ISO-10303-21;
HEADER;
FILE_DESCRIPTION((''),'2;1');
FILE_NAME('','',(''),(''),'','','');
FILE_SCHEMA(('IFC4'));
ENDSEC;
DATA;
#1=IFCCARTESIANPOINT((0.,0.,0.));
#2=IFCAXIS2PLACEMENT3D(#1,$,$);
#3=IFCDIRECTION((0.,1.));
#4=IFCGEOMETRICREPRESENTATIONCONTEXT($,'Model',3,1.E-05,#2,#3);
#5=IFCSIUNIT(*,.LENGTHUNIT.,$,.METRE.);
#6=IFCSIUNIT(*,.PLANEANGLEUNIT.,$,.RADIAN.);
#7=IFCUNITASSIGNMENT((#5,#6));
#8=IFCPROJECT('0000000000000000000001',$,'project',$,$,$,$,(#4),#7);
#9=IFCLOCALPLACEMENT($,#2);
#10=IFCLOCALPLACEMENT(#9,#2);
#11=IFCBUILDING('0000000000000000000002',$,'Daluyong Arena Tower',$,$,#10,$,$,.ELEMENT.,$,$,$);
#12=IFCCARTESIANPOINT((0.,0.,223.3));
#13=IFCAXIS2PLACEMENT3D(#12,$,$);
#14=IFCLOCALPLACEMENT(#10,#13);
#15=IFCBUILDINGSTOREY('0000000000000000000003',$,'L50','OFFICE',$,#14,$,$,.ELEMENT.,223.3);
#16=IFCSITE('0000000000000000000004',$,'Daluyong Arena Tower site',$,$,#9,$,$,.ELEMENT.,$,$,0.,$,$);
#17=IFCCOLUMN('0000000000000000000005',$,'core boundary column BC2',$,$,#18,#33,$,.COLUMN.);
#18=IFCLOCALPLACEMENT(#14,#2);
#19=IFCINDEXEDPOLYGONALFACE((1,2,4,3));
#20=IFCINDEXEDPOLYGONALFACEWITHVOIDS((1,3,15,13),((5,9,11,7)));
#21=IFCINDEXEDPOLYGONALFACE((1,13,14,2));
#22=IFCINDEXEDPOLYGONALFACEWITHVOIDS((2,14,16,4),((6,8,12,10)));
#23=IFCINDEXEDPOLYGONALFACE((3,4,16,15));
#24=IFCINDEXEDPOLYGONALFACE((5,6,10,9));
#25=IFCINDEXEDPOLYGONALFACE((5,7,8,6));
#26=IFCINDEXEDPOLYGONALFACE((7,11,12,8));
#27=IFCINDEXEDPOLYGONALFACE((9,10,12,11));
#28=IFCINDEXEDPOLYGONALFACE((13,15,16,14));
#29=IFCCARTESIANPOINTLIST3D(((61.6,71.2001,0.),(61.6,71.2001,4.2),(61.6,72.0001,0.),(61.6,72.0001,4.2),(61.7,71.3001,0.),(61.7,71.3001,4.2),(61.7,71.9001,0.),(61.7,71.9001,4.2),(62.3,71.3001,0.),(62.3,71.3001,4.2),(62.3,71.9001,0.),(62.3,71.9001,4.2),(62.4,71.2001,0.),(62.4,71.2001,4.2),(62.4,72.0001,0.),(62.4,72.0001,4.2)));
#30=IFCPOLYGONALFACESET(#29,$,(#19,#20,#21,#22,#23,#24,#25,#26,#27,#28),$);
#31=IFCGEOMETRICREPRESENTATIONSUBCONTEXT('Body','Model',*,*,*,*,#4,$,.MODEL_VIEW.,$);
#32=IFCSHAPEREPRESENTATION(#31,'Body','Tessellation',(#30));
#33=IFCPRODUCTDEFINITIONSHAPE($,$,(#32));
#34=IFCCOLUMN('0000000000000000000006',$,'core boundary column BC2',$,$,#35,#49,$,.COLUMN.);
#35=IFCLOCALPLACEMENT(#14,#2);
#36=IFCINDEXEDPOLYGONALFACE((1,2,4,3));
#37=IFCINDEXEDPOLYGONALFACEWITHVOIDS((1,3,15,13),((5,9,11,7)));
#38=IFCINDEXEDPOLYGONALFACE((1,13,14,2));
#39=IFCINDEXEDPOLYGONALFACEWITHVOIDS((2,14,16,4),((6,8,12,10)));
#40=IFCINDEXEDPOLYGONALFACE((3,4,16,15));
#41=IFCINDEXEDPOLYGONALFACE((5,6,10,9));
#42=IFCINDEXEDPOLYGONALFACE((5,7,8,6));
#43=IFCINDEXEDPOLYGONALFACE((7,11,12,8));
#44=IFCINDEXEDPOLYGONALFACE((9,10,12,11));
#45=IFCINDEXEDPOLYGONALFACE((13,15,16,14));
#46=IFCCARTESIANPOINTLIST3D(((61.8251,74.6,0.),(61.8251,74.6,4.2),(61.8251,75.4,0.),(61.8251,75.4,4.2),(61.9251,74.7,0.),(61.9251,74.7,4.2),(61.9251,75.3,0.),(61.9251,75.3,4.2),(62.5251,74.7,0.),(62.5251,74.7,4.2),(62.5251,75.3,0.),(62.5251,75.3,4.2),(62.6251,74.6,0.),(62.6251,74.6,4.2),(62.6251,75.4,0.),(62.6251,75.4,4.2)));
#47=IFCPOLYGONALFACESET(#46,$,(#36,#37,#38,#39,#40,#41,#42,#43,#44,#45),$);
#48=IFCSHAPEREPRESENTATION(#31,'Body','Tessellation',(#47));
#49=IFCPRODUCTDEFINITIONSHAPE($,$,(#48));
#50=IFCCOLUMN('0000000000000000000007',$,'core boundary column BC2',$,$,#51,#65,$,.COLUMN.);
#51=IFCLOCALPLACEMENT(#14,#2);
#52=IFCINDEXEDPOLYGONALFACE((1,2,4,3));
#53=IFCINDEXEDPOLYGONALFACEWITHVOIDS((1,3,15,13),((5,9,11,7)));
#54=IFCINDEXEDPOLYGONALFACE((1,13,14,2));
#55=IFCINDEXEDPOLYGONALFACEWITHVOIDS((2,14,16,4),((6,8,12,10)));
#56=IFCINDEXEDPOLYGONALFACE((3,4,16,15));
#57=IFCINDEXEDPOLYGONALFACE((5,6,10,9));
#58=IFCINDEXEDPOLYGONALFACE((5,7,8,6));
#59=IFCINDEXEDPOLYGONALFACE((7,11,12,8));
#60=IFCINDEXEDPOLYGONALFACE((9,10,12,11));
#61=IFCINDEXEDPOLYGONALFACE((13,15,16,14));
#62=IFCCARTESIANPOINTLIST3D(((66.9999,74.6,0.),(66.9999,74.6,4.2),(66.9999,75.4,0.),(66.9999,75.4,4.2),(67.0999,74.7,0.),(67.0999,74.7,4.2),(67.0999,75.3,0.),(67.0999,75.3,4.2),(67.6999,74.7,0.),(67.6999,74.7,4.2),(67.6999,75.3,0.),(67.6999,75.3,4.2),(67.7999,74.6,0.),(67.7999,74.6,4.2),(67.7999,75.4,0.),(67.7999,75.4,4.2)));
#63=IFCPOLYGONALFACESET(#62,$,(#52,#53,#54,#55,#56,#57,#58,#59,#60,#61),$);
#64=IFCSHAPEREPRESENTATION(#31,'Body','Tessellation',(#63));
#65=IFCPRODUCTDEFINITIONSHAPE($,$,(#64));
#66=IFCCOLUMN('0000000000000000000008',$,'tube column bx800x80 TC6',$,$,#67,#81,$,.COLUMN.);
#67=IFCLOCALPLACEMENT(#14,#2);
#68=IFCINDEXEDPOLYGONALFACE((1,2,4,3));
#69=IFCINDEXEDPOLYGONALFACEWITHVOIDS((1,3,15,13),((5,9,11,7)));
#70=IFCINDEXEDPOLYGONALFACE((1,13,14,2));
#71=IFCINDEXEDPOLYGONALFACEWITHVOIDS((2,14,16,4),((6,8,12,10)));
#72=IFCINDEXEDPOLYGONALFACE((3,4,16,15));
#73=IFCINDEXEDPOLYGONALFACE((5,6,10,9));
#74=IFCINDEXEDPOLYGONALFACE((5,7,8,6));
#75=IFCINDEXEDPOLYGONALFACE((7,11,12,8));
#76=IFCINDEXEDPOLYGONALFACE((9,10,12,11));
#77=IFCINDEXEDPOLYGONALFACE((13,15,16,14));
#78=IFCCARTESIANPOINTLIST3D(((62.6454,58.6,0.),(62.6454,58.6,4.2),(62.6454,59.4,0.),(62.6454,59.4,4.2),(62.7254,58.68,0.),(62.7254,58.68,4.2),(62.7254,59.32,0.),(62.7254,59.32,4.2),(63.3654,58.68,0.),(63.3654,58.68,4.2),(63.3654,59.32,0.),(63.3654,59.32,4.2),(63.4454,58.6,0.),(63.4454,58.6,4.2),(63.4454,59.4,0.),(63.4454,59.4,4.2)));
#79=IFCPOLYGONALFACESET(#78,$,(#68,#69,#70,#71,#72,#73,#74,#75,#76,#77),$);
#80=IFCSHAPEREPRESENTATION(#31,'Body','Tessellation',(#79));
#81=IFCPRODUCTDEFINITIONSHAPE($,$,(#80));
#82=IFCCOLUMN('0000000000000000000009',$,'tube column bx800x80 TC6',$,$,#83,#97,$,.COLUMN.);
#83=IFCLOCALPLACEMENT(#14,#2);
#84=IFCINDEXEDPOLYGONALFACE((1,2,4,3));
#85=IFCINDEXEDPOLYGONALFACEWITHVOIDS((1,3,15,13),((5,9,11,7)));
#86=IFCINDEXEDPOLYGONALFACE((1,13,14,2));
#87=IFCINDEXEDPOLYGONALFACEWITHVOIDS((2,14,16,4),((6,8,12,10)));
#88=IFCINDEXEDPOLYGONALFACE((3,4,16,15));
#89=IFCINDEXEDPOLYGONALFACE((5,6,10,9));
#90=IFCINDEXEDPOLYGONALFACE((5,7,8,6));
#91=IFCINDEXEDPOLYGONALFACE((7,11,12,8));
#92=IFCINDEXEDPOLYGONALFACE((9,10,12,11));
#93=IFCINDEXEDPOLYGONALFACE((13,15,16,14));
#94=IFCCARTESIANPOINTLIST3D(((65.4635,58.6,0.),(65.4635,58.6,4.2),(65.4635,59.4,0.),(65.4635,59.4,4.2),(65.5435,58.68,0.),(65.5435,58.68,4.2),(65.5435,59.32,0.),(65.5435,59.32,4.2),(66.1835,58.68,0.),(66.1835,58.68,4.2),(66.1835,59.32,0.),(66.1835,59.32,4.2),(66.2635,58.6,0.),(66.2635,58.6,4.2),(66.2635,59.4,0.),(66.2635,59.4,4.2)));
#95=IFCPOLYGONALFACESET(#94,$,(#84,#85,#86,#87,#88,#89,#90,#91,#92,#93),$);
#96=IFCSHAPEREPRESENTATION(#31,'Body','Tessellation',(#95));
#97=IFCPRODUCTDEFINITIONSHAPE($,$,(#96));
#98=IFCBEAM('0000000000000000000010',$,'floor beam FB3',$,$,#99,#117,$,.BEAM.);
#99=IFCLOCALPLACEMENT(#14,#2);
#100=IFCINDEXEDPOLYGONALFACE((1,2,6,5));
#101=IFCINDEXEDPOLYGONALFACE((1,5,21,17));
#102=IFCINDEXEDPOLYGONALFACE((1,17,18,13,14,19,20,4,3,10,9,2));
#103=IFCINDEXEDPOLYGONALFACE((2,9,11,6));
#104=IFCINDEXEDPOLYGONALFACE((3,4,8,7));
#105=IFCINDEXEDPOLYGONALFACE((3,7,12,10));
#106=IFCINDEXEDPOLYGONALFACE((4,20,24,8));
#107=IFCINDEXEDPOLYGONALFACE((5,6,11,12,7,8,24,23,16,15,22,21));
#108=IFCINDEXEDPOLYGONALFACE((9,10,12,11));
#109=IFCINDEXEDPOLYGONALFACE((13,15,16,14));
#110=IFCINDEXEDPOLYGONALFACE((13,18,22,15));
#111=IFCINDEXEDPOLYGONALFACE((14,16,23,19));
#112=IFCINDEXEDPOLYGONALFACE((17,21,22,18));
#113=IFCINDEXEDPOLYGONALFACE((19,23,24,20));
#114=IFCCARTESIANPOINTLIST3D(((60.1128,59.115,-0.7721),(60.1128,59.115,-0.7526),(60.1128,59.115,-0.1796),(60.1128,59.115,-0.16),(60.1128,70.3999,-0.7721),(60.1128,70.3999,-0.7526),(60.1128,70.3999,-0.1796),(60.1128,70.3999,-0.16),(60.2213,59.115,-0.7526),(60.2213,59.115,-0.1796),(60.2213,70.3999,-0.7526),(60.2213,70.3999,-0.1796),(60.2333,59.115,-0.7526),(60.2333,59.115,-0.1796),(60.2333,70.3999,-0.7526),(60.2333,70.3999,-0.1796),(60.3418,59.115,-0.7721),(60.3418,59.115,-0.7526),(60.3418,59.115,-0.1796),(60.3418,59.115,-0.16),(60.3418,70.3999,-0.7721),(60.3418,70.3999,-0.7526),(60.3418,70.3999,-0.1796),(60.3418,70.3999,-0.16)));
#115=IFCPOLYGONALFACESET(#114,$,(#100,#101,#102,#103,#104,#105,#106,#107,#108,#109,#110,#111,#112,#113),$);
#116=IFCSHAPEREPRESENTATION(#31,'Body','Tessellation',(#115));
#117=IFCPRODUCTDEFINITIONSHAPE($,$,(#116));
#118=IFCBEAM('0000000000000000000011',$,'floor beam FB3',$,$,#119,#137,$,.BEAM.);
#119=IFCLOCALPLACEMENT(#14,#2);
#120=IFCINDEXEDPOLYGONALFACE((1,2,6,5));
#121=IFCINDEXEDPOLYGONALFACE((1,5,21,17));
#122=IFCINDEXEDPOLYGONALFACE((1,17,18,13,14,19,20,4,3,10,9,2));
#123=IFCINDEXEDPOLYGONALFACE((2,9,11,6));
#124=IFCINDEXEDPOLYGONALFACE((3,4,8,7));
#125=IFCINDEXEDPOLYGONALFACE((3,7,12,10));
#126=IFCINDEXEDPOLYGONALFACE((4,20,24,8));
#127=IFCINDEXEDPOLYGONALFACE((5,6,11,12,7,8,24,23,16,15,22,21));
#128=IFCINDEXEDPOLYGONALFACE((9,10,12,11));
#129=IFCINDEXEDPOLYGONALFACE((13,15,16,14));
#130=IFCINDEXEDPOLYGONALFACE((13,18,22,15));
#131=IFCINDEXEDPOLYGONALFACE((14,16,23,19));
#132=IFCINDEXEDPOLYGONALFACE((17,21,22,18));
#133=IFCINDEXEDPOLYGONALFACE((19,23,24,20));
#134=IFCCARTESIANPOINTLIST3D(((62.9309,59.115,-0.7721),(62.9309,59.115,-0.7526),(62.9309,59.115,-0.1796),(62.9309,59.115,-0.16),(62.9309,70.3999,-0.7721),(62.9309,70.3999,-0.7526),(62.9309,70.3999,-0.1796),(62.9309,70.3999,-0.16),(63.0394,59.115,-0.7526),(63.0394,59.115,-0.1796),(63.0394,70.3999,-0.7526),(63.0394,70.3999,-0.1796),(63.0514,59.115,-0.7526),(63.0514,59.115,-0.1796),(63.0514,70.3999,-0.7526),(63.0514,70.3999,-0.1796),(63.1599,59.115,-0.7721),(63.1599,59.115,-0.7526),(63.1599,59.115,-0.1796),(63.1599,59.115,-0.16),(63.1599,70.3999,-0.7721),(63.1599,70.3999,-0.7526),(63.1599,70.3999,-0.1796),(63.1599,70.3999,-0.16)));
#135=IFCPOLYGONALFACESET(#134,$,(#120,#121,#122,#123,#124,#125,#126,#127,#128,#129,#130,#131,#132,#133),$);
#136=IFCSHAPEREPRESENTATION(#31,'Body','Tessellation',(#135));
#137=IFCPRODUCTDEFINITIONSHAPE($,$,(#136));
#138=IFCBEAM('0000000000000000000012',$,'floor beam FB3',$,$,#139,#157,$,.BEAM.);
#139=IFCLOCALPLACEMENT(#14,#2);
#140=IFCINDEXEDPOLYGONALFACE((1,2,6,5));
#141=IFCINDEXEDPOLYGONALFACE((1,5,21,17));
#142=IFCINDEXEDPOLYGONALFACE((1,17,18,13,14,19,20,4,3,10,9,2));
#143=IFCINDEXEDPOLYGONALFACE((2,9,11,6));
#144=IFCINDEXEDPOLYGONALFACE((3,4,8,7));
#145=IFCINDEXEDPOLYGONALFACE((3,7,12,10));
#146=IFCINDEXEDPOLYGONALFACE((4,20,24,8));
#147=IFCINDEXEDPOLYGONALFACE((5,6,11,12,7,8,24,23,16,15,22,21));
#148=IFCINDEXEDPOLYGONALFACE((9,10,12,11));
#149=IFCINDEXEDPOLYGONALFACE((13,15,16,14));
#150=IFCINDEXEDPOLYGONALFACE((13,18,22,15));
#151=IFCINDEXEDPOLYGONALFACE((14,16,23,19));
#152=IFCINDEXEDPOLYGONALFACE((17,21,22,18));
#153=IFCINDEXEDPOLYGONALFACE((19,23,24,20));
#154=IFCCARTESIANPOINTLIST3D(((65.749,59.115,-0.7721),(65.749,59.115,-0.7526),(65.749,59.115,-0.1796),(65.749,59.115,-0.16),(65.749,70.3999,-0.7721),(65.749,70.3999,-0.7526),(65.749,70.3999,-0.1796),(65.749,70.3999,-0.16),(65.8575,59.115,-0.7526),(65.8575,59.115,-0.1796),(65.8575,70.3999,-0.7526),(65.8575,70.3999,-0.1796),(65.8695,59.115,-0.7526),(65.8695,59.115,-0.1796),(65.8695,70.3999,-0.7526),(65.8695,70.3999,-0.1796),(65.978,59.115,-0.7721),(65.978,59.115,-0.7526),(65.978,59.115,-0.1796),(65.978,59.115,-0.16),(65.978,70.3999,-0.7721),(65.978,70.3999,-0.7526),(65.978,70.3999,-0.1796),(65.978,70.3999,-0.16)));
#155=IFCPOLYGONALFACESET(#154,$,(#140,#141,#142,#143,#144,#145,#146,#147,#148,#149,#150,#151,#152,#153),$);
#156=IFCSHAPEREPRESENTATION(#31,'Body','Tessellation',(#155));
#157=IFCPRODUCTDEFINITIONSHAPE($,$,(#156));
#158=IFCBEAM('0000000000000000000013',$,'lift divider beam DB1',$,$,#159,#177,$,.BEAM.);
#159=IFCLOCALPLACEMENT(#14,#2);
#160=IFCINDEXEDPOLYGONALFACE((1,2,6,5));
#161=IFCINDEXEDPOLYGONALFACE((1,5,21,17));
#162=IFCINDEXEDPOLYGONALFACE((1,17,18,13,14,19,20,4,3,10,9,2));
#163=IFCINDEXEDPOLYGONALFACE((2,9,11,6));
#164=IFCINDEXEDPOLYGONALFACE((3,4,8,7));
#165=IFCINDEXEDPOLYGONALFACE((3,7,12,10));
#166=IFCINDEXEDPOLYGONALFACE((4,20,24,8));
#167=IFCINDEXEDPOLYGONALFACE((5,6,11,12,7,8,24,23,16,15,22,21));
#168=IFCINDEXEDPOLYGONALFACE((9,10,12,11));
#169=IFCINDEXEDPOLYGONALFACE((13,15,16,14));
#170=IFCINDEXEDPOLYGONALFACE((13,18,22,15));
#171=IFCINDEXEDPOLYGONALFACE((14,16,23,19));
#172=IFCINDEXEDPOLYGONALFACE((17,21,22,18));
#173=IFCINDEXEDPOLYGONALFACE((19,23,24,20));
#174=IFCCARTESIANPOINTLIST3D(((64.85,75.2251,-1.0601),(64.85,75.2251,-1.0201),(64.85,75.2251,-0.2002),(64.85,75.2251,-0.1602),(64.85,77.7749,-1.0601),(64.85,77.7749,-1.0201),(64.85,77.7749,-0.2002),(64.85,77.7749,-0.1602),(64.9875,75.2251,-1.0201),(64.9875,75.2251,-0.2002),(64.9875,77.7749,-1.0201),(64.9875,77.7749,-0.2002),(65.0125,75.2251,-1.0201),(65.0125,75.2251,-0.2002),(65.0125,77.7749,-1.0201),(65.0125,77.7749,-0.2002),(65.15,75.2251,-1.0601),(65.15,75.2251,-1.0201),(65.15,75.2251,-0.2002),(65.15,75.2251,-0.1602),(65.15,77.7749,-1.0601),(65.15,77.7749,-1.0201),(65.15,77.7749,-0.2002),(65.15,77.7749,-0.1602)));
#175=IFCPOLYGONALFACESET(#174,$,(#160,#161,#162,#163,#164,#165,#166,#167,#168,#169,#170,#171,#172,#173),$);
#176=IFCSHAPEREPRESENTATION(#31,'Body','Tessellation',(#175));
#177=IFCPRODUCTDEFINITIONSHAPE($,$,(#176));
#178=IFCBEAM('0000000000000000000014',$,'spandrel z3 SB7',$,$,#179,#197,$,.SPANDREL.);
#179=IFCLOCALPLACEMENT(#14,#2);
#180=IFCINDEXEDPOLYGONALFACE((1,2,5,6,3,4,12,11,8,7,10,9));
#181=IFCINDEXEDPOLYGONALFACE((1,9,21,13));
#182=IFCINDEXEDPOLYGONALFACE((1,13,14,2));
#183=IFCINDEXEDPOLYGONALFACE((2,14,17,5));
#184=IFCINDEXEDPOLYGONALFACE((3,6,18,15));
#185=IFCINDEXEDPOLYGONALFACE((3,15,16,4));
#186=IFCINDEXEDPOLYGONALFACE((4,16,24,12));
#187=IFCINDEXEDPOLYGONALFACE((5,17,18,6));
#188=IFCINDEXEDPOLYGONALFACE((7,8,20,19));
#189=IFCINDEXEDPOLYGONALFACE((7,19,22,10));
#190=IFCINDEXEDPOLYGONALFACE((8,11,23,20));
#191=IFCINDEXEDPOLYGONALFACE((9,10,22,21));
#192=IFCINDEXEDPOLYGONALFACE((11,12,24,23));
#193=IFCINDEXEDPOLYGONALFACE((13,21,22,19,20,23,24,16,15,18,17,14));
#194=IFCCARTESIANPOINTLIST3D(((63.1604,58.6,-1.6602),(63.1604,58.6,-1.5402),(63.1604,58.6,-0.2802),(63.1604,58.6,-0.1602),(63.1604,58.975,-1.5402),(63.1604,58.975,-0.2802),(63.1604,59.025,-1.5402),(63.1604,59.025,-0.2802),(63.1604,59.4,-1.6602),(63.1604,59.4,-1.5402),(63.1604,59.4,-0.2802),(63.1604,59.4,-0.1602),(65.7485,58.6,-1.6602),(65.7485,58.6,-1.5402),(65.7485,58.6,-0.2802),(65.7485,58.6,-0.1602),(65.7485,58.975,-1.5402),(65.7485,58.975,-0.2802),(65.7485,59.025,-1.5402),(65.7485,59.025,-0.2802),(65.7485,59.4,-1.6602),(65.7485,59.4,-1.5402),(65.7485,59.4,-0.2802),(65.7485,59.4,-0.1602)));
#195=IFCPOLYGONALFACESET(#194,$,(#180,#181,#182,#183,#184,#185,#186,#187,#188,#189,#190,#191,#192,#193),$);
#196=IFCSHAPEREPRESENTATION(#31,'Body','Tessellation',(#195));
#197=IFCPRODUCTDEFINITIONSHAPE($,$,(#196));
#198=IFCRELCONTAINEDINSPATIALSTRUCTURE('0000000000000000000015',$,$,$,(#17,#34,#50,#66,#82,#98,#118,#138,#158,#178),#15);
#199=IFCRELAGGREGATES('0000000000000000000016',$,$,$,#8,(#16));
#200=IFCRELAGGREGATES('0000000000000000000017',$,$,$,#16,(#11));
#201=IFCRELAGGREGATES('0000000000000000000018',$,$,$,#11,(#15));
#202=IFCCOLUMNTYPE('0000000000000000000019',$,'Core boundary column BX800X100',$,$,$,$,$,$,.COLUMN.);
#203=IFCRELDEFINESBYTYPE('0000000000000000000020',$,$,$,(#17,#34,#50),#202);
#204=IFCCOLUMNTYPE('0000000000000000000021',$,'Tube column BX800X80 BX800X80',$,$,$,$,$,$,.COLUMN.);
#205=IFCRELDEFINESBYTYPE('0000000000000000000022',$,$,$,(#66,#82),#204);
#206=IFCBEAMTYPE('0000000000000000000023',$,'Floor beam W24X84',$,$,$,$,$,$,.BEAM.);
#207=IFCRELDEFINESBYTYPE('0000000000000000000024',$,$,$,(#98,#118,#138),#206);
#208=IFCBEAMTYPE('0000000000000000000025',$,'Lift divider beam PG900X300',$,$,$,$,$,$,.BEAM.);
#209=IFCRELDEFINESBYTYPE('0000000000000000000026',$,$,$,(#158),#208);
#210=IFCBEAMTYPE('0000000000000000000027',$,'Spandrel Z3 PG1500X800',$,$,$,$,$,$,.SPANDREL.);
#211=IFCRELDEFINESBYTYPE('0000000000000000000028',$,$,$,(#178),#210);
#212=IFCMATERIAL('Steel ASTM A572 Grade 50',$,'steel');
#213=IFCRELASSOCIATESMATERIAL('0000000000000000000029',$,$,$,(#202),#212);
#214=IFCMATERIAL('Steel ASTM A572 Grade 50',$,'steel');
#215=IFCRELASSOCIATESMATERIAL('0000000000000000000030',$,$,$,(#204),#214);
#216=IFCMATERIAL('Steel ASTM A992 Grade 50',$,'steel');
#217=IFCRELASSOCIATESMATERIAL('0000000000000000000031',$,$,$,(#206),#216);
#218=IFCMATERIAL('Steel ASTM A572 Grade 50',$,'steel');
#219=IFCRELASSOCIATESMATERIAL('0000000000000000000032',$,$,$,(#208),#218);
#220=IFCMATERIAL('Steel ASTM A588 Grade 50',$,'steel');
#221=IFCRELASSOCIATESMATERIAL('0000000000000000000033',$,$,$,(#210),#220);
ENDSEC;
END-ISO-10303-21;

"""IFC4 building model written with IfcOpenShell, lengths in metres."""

from ifc_helpers import new_model, si_unit, direction, frame, origin, origin_2d, place, context, subcontext, project, spatial, hollow_rectangle, i_section, extrude, material, material_profile, profile_set, type_object, element, save


model = new_model("IFC4")

# Units and contexts
model_context = context("Model", 3, precision=1e-05, world=origin(), true_north=direction((0.0, 1.0)))
body_context = subcontext(model_context, "Body", "Model", "MODEL_VIEW")
ifc_project = project(units=[si_unit("LENGTHUNIT", "METRE"), si_unit("PLANEANGLEUNIT", "RADIAN")], contexts=[model_context])

# Site, building, storey
site_placement = place(None, origin())
site = spatial("IfcSite", under=ifc_project, at=site_placement, Name="Daluyong Arena Tower site", CompositionType="ELEMENT", RefElevation=0.0)
building_placement = place(site_placement, origin())
building = spatial("IfcBuilding", under=site, at=building_placement, Name="Daluyong Arena Tower", CompositionType="ELEMENT")
storey_placement = place(building_placement, frame((0.0, 0.0, 223.3)))
storey = spatial("IfcBuildingStorey", under=building, at=storey_placement, Name="L50", Description="OFFICE", CompositionType="ELEMENT", Elevation=223.3)

# Columns
ifc_material_1 = material(Name="Steel ASTM A572 Grade 50", Category="steel")
ifc_material_profile_1 = material_profile(ifc_material_1, hollow_rectangle(XDim=0.8, YDim=0.8, WallThickness=0.1, at=origin_2d()))
ifc_profile_set_1 = profile_set([ifc_material_profile_1], Name="Steel ASTM A572 Grade 50")
column_type_1 = type_object("IfcColumnType", Name="Core boundary column BX800X100", PredefinedType="COLUMN", material=ifc_profile_set_1)
for number, where, z_axis, x_axis, name in (
    (1, (62.0, 71.6001, 0.0), (0.0, 0.0, 1.0), (1.0, 0.0, 0.0), "core boundary column BC2"),
    (2, (62.2251, 75.0, 0.0), (0.0, 0.0, 1.0), (1.0, 0.0, 0.0), "core boundary column BC2"),
    (3, (67.3999, 75.0, 0.0), (0.0, 0.0, 1.0), (1.0, 0.0, 0.0), "core boundary column BC2"),
):
    element("IfcColumn", number, at=place(storey_placement, frame(where, z_axis=z_axis, x_axis=x_axis)), inside=storey, type_object=column_type_1, Name=name, PredefinedType="COLUMN", context=body_context, shape_type="SweptSolid", body=[
        extrude(hollow_rectangle(XDim=0.8, YDim=0.8, WallThickness=0.1, at=origin_2d()), origin(), (0.0, 0.0, 1.0), 4.2),
    ])
ifc_material_2 = material(Name="Steel ASTM A572 Grade 50", Category="steel")
ifc_material_profile_2 = material_profile(ifc_material_2, hollow_rectangle(XDim=0.8, YDim=0.8, WallThickness=0.08, at=origin_2d()))
ifc_profile_set_2 = profile_set([ifc_material_profile_2], Name="Steel ASTM A572 Grade 50")
column_type_2 = type_object("IfcColumnType", Name="Tube column BX800X80 BX800X80", PredefinedType="COLUMN", material=ifc_profile_set_2)
for number, where, z_axis, x_axis, name in (
    (4, (63.0454, 59.0, 0.0), (0.0, 0.0, 1.0), (1.0, 0.0, 0.0), "tube column bx800x80 TC6"),
    (5, (65.8635, 59.0, 0.0), (0.0, 0.0, 1.0), (1.0, 0.0, 0.0), "tube column bx800x80 TC6"),
):
    element("IfcColumn", number, at=place(storey_placement, frame(where, z_axis=z_axis, x_axis=x_axis)), inside=storey, type_object=column_type_2, Name=name, PredefinedType="COLUMN", context=body_context, shape_type="SweptSolid", body=[
        extrude(hollow_rectangle(XDim=0.8, YDim=0.8, WallThickness=0.08, at=origin_2d()), origin(), (0.0, 0.0, 1.0), 4.2),
    ])

# Beams
ifc_material_3 = material(Name="Steel ASTM A992 Grade 50", Category="steel")
ifc_material_profile_3 = material_profile(ifc_material_3, i_section(OverallWidth=0.229, OverallDepth=0.6121, WebThickness=0.012, FlangeThickness=0.0195, at=origin_2d()))
ifc_profile_set_3 = profile_set([ifc_material_profile_3], Name="Steel ASTM A992 Grade 50")
beam_type_1 = type_object("IfcBeamType", Name="Floor beam W24X84", PredefinedType="BEAM", material=ifc_profile_set_3)
for number, where, z_axis, x_axis, name in (
    (6, (60.2273, 59.115, -0.4661), (0.0, 1.0, 0.0), (-1.0, 0.0, 0.0), "floor beam FB3"),
    (7, (63.0454, 59.115, -0.4661), (0.0, 1.0, 0.0), (-1.0, 0.0, 0.0), "floor beam FB3"),
    (8, (65.8635, 59.115, -0.4661), (0.0, 1.0, 0.0), (-1.0, 0.0, 0.0), "floor beam FB3"),
):
    element("IfcBeam", number, at=place(storey_placement, frame(where, z_axis=z_axis, x_axis=x_axis)), inside=storey, type_object=beam_type_1, Name=name, PredefinedType="BEAM", context=body_context, shape_type="SweptSolid", body=[
        extrude(i_section(OverallWidth=0.229, OverallDepth=0.6121, WebThickness=0.012, FlangeThickness=0.0195, at=origin_2d()), origin(), (0.0, 0.0, 1.0), 11.2849),
    ])
ifc_material_4 = material(Name="Steel ASTM A572 Grade 50", Category="steel")
ifc_material_profile_4 = material_profile(ifc_material_4, i_section(OverallWidth=0.3, OverallDepth=0.8999, WebThickness=0.025, FlangeThickness=0.04, at=origin_2d()))
ifc_profile_set_4 = profile_set([ifc_material_profile_4], Name="Steel ASTM A572 Grade 50")
beam_type_2 = type_object("IfcBeamType", Name="Lift divider beam PG900X300", PredefinedType="BEAM", material=ifc_profile_set_4)
beam_1_placement = place(storey_placement, frame((65.0, 75.2251, -0.6101), z_axis=(0.0, 1.0, 0.0), x_axis=(-1.0, 0.0, 0.0)))
element("IfcBeam", 9, at=beam_1_placement, inside=storey, type_object=beam_type_2, Name="lift divider beam DB1", PredefinedType="BEAM", context=body_context, shape_type="SweptSolid", body=[
    extrude(i_section(OverallWidth=0.3, OverallDepth=0.8999, WebThickness=0.025, FlangeThickness=0.04, at=origin_2d()), origin(), (0.0, 0.0, 1.0), 2.5498),
])
ifc_material_5 = material(Name="Steel ASTM A588 Grade 50", Category="steel")
ifc_material_profile_5 = material_profile(ifc_material_5, i_section(OverallWidth=0.8, OverallDepth=1.5, WebThickness=0.05, FlangeThickness=0.12, at=origin_2d()))
ifc_profile_set_5 = profile_set([ifc_material_profile_5], Name="Steel ASTM A588 Grade 50")
beam_type_3 = type_object("IfcBeamType", Name="Spandrel Z3 PG1500X800", PredefinedType="SPANDREL", material=ifc_profile_set_5)
beam_2_placement = place(storey_placement, frame((63.1604, 59.0, -0.9102), z_axis=(1.0, 0.0, 0.0), x_axis=(0.0, 1.0, 0.0)))
element("IfcBeam", 10, at=beam_2_placement, inside=storey, type_object=beam_type_3, Name="spandrel z3 SB7", PredefinedType="SPANDREL", context=body_context, shape_type="SweptSolid", body=[
    extrude(i_section(OverallWidth=0.8, OverallDepth=1.5, WebThickness=0.05, FlangeThickness=0.12, at=origin_2d()), origin(), (0.0, 0.0, 1.0), 2.5881),
])

save(model, "model.ifc")
